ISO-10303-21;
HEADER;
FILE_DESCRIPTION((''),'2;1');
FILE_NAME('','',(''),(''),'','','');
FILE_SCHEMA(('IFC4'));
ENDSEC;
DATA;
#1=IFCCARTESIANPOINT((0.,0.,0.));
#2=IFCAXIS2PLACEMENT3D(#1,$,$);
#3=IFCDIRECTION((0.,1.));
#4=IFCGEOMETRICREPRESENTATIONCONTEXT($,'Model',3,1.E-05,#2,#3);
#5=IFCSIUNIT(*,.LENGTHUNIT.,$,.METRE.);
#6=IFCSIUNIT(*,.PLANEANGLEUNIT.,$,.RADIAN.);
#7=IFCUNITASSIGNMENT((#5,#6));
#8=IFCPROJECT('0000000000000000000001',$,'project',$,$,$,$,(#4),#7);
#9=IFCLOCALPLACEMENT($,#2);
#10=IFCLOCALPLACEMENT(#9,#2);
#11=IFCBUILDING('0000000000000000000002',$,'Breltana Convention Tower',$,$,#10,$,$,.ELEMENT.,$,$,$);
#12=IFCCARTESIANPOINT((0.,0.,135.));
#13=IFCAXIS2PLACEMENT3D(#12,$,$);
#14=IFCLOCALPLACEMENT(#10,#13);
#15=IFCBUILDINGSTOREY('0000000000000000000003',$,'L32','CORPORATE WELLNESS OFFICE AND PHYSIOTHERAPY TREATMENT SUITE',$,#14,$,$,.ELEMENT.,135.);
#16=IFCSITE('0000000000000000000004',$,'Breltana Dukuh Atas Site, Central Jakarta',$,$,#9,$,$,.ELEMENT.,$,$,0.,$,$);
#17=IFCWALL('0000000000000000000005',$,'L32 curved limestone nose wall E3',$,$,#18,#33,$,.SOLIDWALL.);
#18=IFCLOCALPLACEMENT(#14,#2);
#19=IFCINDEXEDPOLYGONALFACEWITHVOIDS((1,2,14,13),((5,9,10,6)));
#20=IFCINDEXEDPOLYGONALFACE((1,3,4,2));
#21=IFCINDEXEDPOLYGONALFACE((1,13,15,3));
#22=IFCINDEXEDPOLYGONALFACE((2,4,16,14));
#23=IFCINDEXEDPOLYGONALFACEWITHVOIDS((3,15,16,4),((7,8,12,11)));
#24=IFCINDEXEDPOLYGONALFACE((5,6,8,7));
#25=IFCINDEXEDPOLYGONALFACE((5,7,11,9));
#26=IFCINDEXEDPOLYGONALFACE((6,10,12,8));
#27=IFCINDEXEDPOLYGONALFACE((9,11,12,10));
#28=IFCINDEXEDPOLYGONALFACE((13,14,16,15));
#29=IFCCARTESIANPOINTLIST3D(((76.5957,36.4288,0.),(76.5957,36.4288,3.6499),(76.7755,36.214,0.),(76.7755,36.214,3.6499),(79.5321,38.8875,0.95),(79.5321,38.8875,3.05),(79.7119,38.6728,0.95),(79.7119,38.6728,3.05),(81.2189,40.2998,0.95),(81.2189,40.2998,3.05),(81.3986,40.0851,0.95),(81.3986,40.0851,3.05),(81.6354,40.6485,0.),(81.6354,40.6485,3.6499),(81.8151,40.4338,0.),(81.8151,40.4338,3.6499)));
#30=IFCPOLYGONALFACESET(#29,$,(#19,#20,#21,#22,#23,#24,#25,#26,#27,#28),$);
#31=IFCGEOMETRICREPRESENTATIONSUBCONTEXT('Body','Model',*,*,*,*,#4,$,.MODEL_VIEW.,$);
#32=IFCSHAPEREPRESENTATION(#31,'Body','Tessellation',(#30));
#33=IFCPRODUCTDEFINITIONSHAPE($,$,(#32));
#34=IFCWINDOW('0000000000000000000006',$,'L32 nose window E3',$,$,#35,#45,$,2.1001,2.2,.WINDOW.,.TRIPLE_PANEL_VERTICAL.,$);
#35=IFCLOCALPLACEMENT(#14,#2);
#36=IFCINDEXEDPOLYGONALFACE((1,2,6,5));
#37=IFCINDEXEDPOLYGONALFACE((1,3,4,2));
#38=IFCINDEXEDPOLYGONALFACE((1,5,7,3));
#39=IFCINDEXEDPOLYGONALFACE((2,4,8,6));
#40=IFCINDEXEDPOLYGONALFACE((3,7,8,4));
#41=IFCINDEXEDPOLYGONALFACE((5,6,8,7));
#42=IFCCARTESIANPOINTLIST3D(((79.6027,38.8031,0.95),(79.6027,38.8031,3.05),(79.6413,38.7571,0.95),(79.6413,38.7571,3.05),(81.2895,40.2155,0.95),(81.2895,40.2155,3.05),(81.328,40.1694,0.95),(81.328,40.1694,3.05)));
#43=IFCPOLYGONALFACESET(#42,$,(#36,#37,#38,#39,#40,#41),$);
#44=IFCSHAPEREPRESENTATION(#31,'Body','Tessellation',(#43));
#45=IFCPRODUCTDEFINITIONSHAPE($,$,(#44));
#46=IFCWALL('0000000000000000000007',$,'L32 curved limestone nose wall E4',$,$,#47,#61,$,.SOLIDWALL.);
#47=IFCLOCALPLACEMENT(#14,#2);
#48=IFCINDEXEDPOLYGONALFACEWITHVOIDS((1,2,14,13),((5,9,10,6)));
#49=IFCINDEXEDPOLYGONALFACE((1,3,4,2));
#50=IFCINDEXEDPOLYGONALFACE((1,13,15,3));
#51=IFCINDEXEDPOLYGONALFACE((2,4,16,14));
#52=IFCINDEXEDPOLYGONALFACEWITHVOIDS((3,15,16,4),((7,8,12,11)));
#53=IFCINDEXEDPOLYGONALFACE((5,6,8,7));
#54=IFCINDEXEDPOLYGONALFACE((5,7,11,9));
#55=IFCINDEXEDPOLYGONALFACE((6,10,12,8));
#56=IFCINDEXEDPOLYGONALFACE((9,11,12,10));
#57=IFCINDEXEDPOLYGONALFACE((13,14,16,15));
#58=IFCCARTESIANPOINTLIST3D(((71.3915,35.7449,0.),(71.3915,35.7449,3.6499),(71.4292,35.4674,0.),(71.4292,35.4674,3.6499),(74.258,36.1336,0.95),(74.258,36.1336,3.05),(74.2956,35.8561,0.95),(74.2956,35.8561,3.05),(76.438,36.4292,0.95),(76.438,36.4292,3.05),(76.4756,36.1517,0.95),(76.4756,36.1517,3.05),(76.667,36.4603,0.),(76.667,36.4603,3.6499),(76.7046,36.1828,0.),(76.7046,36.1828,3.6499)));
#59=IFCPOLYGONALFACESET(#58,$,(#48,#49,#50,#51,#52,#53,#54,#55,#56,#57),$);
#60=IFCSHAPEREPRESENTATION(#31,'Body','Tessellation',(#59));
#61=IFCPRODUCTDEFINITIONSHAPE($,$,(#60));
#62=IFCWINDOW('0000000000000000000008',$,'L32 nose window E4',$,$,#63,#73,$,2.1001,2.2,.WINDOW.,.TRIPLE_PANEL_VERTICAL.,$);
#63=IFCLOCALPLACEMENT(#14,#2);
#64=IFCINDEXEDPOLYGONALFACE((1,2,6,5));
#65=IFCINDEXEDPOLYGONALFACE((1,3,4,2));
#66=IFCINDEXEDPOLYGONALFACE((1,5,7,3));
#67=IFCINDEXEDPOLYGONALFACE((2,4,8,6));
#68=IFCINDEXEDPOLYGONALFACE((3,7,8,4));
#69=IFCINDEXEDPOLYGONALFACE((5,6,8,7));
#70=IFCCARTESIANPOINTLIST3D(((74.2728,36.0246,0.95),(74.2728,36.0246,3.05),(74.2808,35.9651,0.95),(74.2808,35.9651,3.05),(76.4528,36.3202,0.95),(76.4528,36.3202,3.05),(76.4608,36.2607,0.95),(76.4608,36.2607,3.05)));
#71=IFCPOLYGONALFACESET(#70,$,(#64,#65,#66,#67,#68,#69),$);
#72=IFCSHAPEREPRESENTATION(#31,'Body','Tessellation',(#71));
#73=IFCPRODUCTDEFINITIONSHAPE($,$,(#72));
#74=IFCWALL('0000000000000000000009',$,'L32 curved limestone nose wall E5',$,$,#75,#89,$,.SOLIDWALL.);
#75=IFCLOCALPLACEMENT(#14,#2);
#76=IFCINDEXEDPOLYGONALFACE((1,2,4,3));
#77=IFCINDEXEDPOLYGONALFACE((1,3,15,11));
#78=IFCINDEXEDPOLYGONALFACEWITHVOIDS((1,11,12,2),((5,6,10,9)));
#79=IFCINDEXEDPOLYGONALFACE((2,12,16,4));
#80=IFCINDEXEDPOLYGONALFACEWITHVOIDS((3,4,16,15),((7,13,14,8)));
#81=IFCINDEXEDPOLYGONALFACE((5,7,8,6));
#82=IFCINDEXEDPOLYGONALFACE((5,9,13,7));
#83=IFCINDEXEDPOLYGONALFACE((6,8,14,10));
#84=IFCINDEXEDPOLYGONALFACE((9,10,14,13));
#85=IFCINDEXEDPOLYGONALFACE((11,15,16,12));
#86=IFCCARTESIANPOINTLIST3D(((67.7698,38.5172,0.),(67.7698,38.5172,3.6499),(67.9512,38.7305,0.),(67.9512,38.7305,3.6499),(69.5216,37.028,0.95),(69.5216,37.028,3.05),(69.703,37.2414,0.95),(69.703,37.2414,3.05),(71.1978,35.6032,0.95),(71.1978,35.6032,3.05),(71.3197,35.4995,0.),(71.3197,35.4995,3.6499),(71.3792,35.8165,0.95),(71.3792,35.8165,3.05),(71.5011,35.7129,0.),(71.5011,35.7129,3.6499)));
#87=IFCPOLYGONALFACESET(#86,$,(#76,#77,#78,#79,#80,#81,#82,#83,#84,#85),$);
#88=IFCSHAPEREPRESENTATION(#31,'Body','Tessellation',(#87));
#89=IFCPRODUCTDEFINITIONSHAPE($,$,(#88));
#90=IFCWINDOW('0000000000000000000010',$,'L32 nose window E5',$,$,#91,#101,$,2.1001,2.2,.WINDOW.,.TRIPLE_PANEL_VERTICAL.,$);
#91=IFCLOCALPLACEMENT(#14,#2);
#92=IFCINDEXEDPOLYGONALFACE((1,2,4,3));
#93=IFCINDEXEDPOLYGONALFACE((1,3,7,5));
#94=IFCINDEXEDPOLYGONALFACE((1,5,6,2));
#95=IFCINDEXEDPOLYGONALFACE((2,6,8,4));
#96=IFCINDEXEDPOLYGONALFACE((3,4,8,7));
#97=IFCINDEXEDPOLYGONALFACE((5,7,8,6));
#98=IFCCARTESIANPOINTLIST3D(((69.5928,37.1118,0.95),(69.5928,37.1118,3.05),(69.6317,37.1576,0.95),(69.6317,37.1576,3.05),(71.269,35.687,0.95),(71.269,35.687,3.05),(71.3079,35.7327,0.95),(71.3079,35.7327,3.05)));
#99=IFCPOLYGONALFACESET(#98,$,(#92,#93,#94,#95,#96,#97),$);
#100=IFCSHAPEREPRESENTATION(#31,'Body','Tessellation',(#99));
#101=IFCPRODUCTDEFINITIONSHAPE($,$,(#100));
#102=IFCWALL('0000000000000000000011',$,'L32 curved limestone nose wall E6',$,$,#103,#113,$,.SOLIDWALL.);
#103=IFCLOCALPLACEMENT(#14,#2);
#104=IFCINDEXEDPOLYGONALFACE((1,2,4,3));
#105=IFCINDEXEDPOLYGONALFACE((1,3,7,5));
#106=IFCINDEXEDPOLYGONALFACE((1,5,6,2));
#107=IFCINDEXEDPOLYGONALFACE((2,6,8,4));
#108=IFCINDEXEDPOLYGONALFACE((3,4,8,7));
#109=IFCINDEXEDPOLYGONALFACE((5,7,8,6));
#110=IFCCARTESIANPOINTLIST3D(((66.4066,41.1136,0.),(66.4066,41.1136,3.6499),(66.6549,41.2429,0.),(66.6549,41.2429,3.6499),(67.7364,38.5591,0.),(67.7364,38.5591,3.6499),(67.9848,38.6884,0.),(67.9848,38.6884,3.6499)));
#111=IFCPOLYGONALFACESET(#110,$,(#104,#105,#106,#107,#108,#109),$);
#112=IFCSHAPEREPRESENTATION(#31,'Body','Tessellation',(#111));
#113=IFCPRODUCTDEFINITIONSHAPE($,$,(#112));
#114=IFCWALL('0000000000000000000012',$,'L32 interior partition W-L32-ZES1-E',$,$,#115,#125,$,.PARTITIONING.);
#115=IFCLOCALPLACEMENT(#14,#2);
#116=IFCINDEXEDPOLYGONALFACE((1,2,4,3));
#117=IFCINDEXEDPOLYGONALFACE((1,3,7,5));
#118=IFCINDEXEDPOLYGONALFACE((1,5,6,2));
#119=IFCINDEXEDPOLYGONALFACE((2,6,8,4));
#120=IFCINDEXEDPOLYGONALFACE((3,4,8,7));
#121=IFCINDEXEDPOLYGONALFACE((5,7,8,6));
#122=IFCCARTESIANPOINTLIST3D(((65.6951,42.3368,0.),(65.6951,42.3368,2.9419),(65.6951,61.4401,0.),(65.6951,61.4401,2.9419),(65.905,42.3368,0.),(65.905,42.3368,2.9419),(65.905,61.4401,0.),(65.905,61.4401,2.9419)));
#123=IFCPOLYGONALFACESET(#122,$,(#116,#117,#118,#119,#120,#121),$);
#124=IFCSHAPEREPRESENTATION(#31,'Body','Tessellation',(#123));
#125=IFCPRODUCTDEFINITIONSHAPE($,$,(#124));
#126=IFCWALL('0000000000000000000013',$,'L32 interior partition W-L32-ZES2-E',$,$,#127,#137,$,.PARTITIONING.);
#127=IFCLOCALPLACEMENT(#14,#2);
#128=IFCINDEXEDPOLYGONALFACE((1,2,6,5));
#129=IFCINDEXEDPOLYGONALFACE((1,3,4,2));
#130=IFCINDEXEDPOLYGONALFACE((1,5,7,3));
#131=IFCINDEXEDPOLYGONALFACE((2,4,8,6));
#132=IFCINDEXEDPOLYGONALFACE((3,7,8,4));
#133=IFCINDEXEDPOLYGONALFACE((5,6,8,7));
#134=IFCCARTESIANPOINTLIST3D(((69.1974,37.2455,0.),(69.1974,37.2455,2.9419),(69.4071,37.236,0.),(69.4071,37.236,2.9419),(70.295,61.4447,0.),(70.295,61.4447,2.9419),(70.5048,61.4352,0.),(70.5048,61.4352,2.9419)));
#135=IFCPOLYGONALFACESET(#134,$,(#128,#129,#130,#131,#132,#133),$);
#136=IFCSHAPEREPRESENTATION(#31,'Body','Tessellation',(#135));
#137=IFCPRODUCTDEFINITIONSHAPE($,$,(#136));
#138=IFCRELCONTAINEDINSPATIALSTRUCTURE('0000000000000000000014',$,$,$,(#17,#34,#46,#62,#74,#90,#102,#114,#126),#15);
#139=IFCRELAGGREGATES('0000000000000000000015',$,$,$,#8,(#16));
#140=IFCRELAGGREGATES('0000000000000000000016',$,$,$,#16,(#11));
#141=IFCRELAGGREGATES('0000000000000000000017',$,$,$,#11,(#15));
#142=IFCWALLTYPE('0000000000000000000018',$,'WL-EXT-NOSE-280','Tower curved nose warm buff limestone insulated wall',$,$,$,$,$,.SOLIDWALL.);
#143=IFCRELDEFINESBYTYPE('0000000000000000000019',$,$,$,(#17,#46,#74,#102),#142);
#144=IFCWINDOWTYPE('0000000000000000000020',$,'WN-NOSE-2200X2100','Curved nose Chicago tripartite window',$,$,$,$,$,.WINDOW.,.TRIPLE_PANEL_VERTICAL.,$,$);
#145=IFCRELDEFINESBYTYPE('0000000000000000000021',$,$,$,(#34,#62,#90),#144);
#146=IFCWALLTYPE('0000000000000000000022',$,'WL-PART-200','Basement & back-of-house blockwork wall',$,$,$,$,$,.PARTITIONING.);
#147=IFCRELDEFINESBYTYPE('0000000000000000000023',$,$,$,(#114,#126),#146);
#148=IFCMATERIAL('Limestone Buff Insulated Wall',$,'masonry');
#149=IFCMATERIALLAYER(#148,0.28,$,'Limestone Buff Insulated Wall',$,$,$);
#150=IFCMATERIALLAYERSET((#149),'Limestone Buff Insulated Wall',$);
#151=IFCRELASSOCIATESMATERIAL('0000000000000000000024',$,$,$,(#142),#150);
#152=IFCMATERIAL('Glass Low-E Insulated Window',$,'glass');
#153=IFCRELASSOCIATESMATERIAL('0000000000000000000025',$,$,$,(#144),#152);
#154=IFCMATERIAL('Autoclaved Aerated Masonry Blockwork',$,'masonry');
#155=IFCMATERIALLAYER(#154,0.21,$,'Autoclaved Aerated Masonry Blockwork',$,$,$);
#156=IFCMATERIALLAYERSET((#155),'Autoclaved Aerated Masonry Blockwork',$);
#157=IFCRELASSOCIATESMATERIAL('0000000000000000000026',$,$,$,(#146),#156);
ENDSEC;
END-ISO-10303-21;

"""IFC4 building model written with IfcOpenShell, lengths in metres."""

from ifc_helpers import new_model, si_unit, direction, frame, frame_2d, origin, place, context, subcontext, project, spatial, rectangle, extrude, source, transform, mapped, material, layer, layer_set, type_object, type_shapes, element, fill, save


model = new_model("IFC4")

# Units and contexts
model_context = context("Model", 3, precision=1e-05, world=origin(), true_north=direction((0.0, 1.0)))
body_context = subcontext(model_context, "Body", "Model", "MODEL_VIEW")
ifc_project = project(units=[si_unit("LENGTHUNIT", "METRE"), si_unit("PLANEANGLEUNIT", "RADIAN")], contexts=[model_context])

# Site, building, storey
site_placement = place(None, origin())
site = spatial("IfcSite", under=ifc_project, at=site_placement, Name="Breltana Dukuh Atas Site, Central Jakarta", CompositionType="ELEMENT", RefElevation=0.0)
building_placement = place(site_placement, origin())
building = spatial("IfcBuilding", under=site, at=building_placement, Name="Breltana Convention Tower", CompositionType="ELEMENT")
storey_placement = place(building_placement, frame((0.0, 0.0, 135.0)))
storey = spatial("IfcBuildingStorey", under=building, at=storey_placement, Name="L32", Description="CORPORATE WELLNESS OFFICE AND PHYSIOTHERAPY TREATMENT SUITE", CompositionType="ELEMENT", Elevation=135.0)

# Walls, openings, windows
ifc_material_1 = material(Name="Limestone Buff Insulated Wall", Category="masonry")
ifc_layer_1 = layer(ifc_material_1, 0.28, Name="Limestone Buff Insulated Wall")
ifc_layer_set_1 = layer_set([ifc_layer_1], Name="Limestone Buff Insulated Wall")
wall_type_1 = type_object("IfcWallType", Name="WL-EXT-NOSE-280", Description="Tower curved nose warm buff limestone insulated wall", PredefinedType="SOLIDWALL", material=ifc_layer_set_1)
shared_shape_1 = source(origin(), body_context, "Body", "SweptSolid", [
    extrude(rectangle(XDim=6.573, YDim=0.28, at=frame_2d((3.2866, 0.0))), origin(), (0.0, 0.0, 1.0), 3.6499),
])
wall_1_placement = place(storey_placement, frame((81.7253, 40.5413, 0.0), z_axis=(0.0, 0.0, 1.0), x_axis=(-0.766715, -0.641987, 0.0)))
wall_1 = element("IfcWall", 1, at=wall_1_placement, inside=storey, type_object=wall_type_1, Name="L32 curved limestone nose wall E3", PredefinedType="SOLIDWALL", context=body_context, shape_type="MappedRepresentation", body=[
    mapped(shared_shape_1, transform((0.0, 0.0, 0.0), scale=1.0)),
])
opening_1_placement = place(wall_1_placement, frame((0.5432, 0.0, 0.95)))
opening_1 = element("IfcOpeningElement", 2, at=opening_1_placement, cuts=wall_1, PredefinedType="OPENING", context=body_context, shape_type="SweptSolid", body=[
    extrude(rectangle(XDim=2.2, YDim=2.1001, at=frame_2d((1.1001, 1.05))), frame((0.0, 0.1499, 0.0), z_axis=(0.0, -1.0, 0.0), x_axis=(1.0, 0.0, 0.0)), (0.0, 0.0, 1.0), 0.3),
])
ifc_material_2 = material(Name="Glass Low-E Insulated Window", Category="glass")
window_type = type_object("IfcWindowType", Name="WN-NOSE-2200X2100", Description="Curved nose Chicago tripartite window", PartitioningType="TRIPLE_PANEL_VERTICAL", PredefinedType="WINDOW", material=ifc_material_2)
shared_shape_2 = source(origin(), body_context, "Body", "SweptSolid", [
    extrude(rectangle(XDim=2.2, YDim=2.1001, at=frame_2d((1.1001, 1.05))), frame((0.0, 0.03, 0.0), z_axis=(0.0, -1.0, 0.0), x_axis=(1.0, 0.0, 0.0)), (0.0, 0.0, 1.0), 0.0601),
])
type_shapes(window_type, [shared_shape_2])
window_1_placement = place(opening_1_placement, origin())
window_1 = element("IfcWindow", 3, at=window_1_placement, inside=storey, type_object=window_type, Name="L32 nose window E3", OverallHeight=2.1001, OverallWidth=2.2, PartitioningType="TRIPLE_PANEL_VERTICAL", PredefinedType="WINDOW", context=body_context, shape_type="MappedRepresentation", body=[
    mapped(shared_shape_2, transform((0.0, 0.0, 0.0), scale=1.0)),
])
fill(opening_1, window_1)
shared_shape_3 = source(origin(), body_context, "Body", "SweptSolid", [
    extrude(rectangle(XDim=5.3237, YDim=0.28, at=frame_2d((2.6619, 0.0))), origin(), (0.0, 0.0, 1.0), 3.6499),
])
wall_2_placement = place(storey_placement, frame((76.6858, 36.3215, 0.0), z_axis=(0.0, 0.0, 1.0), x_axis=(-0.990931, -0.134368, 0.0)))
wall_2 = element("IfcWall", 4, at=wall_2_placement, inside=storey, type_object=wall_type_1, Name="L32 curved limestone nose wall E4", PredefinedType="SOLIDWALL", context=body_context, shape_type="MappedRepresentation", body=[
    mapped(shared_shape_3, transform((0.0, 0.0, 0.0), scale=1.0)),
])
opening_2_placement = place(wall_2_placement, frame((0.231, 0.0, 0.95)))
opening_2 = element("IfcOpeningElement", 5, at=opening_2_placement, cuts=wall_2, PredefinedType="OPENING", context=body_context, shape_type="SweptSolid", body=[
    extrude(rectangle(XDim=2.2, YDim=2.1001, at=frame_2d((1.1001, 1.05))), frame((0.0, 0.1499, 0.0), z_axis=(0.0, -1.0, 0.0), x_axis=(1.0, 0.0, 0.0)), (0.0, 0.0, 1.0), 0.3),
])
window_2_placement = place(opening_2_placement, origin())
window_2 = element("IfcWindow", 6, at=window_2_placement, inside=storey, type_object=window_type, Name="L32 nose window E4", OverallHeight=2.1001, OverallWidth=2.2, PartitioningType="TRIPLE_PANEL_VERTICAL", PredefinedType="WINDOW", context=body_context, shape_type="MappedRepresentation", body=[
    mapped(shared_shape_2, transform((0.0, 0.0, 0.0), scale=1.0)),
])
fill(opening_2, window_2)
shared_shape_4 = source(origin(), body_context, "Body", "SweptSolid", [
    extrude(rectangle(XDim=4.6592, YDim=0.28, at=frame_2d((2.3296, 0.0))), origin(), (0.0, 0.0, 1.0), 3.6499),
])
wall_3_placement = place(storey_placement, frame((71.4104, 35.6062, 0.0), z_axis=(0.0, 0.0, 1.0), x_axis=(-0.761913, 0.647679, 0.0)))
wall_3 = element("IfcWall", 7, at=wall_3_placement, inside=storey, type_object=wall_type_1, Name="L32 curved limestone nose wall E5", PredefinedType="SOLIDWALL", context=body_context, shape_type="MappedRepresentation", body=[
    mapped(shared_shape_4, transform((0.0, 0.0, 0.0), scale=1.0)),
])
opening_3_placement = place(wall_3_placement, frame((0.1599, 0.0, 0.95)))
opening_3 = element("IfcOpeningElement", 8, at=opening_3_placement, cuts=wall_3, PredefinedType="OPENING", context=body_context, shape_type="SweptSolid", body=[
    extrude(rectangle(XDim=2.2, YDim=2.1001, at=frame_2d((1.1001, 1.05))), frame((0.0, 0.1499, 0.0), z_axis=(0.0, -1.0, 0.0), x_axis=(1.0, 0.0, 0.0)), (0.0, 0.0, 1.0), 0.3),
])
window_3_placement = place(opening_3_placement, origin())
window_3 = element("IfcWindow", 9, at=window_3_placement, inside=storey, type_object=window_type, Name="L32 nose window E5", OverallHeight=2.1001, OverallWidth=2.2, PartitioningType="TRIPLE_PANEL_VERTICAL", PredefinedType="WINDOW", context=body_context, shape_type="MappedRepresentation", body=[
    mapped(shared_shape_2, transform((0.0, 0.0, 0.0), scale=1.0)),
])
fill(opening_3, window_3)

# Walls
shared_shape_5 = source(origin(), body_context, "Body", "SweptSolid", [
    extrude(rectangle(XDim=2.8799, YDim=0.28, at=frame_2d((1.4399, 0.0))), origin(), (0.0, 0.0, 1.0), 3.6499),
])
wall_4_placement = place(storey_placement, frame((67.8606, 38.6238, 0.0), z_axis=(0.0, 0.0, 1.0), x_axis=(-0.461769, 0.887, 0.0)))
element("IfcWall", 10, at=wall_4_placement, inside=storey, type_object=wall_type_1, Name="L32 curved limestone nose wall E6", PredefinedType="SOLIDWALL", context=body_context, shape_type="MappedRepresentation", body=[
    mapped(shared_shape_5, transform((0.0, 0.0, 0.0), scale=1.0)),
])
ifc_material_3 = material(Name="Autoclaved Aerated Masonry Blockwork", Category="masonry")
ifc_layer_2 = layer(ifc_material_3, 0.21, Name="Autoclaved Aerated Masonry Blockwork")
ifc_layer_set_2 = layer_set([ifc_layer_2], Name="Autoclaved Aerated Masonry Blockwork")
wall_type_2 = type_object("IfcWallType", Name="WL-PART-200", Description="Basement & back-of-house blockwork wall", PredefinedType="PARTITIONING", material=ifc_layer_set_2)
shared_shape_6 = source(origin(), body_context, "Body", "SweptSolid", [
    extrude(rectangle(XDim=19.1033, YDim=0.21, at=frame_2d((9.5518, 0.0))), origin(), (0.0, 0.0, 1.0), 2.9419),
])
wall_5_placement = place(storey_placement, frame((65.8, 42.3367, 0.0), z_axis=(0.0, 0.0, 1.0), x_axis=(0.0, 1.0, 0.0)))
element("IfcWall", 11, at=wall_5_placement, inside=storey, type_object=wall_type_2, Name="L32 interior partition W-L32-ZES1-E", PredefinedType="PARTITIONING", context=body_context, shape_type="MappedRepresentation", body=[
    mapped(shared_shape_6, transform((0.0, 0.0, 0.0), scale=1.0)),
])
shared_shape_7 = source(origin(), body_context, "Body", "SweptSolid", [
    extrude(rectangle(XDim=24.2241, YDim=0.21, at=frame_2d((12.1121, 0.0))), origin(), (0.0, 0.0, 1.0), 2.9419),
])
wall_6_placement = place(storey_placement, frame((69.3022, 37.2407, 0.0), z_axis=(0.0, 0.0, 1.0), x_axis=(0.045313, 0.998973, 0.0)))
element("IfcWall", 12, at=wall_6_placement, inside=storey, type_object=wall_type_2, Name="L32 interior partition W-L32-ZES2-E", PredefinedType="PARTITIONING", context=body_context, shape_type="MappedRepresentation", body=[
    mapped(shared_shape_7, transform((0.0, 0.0, 0.0), scale=1.0)),
])

save(model, "model.ifc")
